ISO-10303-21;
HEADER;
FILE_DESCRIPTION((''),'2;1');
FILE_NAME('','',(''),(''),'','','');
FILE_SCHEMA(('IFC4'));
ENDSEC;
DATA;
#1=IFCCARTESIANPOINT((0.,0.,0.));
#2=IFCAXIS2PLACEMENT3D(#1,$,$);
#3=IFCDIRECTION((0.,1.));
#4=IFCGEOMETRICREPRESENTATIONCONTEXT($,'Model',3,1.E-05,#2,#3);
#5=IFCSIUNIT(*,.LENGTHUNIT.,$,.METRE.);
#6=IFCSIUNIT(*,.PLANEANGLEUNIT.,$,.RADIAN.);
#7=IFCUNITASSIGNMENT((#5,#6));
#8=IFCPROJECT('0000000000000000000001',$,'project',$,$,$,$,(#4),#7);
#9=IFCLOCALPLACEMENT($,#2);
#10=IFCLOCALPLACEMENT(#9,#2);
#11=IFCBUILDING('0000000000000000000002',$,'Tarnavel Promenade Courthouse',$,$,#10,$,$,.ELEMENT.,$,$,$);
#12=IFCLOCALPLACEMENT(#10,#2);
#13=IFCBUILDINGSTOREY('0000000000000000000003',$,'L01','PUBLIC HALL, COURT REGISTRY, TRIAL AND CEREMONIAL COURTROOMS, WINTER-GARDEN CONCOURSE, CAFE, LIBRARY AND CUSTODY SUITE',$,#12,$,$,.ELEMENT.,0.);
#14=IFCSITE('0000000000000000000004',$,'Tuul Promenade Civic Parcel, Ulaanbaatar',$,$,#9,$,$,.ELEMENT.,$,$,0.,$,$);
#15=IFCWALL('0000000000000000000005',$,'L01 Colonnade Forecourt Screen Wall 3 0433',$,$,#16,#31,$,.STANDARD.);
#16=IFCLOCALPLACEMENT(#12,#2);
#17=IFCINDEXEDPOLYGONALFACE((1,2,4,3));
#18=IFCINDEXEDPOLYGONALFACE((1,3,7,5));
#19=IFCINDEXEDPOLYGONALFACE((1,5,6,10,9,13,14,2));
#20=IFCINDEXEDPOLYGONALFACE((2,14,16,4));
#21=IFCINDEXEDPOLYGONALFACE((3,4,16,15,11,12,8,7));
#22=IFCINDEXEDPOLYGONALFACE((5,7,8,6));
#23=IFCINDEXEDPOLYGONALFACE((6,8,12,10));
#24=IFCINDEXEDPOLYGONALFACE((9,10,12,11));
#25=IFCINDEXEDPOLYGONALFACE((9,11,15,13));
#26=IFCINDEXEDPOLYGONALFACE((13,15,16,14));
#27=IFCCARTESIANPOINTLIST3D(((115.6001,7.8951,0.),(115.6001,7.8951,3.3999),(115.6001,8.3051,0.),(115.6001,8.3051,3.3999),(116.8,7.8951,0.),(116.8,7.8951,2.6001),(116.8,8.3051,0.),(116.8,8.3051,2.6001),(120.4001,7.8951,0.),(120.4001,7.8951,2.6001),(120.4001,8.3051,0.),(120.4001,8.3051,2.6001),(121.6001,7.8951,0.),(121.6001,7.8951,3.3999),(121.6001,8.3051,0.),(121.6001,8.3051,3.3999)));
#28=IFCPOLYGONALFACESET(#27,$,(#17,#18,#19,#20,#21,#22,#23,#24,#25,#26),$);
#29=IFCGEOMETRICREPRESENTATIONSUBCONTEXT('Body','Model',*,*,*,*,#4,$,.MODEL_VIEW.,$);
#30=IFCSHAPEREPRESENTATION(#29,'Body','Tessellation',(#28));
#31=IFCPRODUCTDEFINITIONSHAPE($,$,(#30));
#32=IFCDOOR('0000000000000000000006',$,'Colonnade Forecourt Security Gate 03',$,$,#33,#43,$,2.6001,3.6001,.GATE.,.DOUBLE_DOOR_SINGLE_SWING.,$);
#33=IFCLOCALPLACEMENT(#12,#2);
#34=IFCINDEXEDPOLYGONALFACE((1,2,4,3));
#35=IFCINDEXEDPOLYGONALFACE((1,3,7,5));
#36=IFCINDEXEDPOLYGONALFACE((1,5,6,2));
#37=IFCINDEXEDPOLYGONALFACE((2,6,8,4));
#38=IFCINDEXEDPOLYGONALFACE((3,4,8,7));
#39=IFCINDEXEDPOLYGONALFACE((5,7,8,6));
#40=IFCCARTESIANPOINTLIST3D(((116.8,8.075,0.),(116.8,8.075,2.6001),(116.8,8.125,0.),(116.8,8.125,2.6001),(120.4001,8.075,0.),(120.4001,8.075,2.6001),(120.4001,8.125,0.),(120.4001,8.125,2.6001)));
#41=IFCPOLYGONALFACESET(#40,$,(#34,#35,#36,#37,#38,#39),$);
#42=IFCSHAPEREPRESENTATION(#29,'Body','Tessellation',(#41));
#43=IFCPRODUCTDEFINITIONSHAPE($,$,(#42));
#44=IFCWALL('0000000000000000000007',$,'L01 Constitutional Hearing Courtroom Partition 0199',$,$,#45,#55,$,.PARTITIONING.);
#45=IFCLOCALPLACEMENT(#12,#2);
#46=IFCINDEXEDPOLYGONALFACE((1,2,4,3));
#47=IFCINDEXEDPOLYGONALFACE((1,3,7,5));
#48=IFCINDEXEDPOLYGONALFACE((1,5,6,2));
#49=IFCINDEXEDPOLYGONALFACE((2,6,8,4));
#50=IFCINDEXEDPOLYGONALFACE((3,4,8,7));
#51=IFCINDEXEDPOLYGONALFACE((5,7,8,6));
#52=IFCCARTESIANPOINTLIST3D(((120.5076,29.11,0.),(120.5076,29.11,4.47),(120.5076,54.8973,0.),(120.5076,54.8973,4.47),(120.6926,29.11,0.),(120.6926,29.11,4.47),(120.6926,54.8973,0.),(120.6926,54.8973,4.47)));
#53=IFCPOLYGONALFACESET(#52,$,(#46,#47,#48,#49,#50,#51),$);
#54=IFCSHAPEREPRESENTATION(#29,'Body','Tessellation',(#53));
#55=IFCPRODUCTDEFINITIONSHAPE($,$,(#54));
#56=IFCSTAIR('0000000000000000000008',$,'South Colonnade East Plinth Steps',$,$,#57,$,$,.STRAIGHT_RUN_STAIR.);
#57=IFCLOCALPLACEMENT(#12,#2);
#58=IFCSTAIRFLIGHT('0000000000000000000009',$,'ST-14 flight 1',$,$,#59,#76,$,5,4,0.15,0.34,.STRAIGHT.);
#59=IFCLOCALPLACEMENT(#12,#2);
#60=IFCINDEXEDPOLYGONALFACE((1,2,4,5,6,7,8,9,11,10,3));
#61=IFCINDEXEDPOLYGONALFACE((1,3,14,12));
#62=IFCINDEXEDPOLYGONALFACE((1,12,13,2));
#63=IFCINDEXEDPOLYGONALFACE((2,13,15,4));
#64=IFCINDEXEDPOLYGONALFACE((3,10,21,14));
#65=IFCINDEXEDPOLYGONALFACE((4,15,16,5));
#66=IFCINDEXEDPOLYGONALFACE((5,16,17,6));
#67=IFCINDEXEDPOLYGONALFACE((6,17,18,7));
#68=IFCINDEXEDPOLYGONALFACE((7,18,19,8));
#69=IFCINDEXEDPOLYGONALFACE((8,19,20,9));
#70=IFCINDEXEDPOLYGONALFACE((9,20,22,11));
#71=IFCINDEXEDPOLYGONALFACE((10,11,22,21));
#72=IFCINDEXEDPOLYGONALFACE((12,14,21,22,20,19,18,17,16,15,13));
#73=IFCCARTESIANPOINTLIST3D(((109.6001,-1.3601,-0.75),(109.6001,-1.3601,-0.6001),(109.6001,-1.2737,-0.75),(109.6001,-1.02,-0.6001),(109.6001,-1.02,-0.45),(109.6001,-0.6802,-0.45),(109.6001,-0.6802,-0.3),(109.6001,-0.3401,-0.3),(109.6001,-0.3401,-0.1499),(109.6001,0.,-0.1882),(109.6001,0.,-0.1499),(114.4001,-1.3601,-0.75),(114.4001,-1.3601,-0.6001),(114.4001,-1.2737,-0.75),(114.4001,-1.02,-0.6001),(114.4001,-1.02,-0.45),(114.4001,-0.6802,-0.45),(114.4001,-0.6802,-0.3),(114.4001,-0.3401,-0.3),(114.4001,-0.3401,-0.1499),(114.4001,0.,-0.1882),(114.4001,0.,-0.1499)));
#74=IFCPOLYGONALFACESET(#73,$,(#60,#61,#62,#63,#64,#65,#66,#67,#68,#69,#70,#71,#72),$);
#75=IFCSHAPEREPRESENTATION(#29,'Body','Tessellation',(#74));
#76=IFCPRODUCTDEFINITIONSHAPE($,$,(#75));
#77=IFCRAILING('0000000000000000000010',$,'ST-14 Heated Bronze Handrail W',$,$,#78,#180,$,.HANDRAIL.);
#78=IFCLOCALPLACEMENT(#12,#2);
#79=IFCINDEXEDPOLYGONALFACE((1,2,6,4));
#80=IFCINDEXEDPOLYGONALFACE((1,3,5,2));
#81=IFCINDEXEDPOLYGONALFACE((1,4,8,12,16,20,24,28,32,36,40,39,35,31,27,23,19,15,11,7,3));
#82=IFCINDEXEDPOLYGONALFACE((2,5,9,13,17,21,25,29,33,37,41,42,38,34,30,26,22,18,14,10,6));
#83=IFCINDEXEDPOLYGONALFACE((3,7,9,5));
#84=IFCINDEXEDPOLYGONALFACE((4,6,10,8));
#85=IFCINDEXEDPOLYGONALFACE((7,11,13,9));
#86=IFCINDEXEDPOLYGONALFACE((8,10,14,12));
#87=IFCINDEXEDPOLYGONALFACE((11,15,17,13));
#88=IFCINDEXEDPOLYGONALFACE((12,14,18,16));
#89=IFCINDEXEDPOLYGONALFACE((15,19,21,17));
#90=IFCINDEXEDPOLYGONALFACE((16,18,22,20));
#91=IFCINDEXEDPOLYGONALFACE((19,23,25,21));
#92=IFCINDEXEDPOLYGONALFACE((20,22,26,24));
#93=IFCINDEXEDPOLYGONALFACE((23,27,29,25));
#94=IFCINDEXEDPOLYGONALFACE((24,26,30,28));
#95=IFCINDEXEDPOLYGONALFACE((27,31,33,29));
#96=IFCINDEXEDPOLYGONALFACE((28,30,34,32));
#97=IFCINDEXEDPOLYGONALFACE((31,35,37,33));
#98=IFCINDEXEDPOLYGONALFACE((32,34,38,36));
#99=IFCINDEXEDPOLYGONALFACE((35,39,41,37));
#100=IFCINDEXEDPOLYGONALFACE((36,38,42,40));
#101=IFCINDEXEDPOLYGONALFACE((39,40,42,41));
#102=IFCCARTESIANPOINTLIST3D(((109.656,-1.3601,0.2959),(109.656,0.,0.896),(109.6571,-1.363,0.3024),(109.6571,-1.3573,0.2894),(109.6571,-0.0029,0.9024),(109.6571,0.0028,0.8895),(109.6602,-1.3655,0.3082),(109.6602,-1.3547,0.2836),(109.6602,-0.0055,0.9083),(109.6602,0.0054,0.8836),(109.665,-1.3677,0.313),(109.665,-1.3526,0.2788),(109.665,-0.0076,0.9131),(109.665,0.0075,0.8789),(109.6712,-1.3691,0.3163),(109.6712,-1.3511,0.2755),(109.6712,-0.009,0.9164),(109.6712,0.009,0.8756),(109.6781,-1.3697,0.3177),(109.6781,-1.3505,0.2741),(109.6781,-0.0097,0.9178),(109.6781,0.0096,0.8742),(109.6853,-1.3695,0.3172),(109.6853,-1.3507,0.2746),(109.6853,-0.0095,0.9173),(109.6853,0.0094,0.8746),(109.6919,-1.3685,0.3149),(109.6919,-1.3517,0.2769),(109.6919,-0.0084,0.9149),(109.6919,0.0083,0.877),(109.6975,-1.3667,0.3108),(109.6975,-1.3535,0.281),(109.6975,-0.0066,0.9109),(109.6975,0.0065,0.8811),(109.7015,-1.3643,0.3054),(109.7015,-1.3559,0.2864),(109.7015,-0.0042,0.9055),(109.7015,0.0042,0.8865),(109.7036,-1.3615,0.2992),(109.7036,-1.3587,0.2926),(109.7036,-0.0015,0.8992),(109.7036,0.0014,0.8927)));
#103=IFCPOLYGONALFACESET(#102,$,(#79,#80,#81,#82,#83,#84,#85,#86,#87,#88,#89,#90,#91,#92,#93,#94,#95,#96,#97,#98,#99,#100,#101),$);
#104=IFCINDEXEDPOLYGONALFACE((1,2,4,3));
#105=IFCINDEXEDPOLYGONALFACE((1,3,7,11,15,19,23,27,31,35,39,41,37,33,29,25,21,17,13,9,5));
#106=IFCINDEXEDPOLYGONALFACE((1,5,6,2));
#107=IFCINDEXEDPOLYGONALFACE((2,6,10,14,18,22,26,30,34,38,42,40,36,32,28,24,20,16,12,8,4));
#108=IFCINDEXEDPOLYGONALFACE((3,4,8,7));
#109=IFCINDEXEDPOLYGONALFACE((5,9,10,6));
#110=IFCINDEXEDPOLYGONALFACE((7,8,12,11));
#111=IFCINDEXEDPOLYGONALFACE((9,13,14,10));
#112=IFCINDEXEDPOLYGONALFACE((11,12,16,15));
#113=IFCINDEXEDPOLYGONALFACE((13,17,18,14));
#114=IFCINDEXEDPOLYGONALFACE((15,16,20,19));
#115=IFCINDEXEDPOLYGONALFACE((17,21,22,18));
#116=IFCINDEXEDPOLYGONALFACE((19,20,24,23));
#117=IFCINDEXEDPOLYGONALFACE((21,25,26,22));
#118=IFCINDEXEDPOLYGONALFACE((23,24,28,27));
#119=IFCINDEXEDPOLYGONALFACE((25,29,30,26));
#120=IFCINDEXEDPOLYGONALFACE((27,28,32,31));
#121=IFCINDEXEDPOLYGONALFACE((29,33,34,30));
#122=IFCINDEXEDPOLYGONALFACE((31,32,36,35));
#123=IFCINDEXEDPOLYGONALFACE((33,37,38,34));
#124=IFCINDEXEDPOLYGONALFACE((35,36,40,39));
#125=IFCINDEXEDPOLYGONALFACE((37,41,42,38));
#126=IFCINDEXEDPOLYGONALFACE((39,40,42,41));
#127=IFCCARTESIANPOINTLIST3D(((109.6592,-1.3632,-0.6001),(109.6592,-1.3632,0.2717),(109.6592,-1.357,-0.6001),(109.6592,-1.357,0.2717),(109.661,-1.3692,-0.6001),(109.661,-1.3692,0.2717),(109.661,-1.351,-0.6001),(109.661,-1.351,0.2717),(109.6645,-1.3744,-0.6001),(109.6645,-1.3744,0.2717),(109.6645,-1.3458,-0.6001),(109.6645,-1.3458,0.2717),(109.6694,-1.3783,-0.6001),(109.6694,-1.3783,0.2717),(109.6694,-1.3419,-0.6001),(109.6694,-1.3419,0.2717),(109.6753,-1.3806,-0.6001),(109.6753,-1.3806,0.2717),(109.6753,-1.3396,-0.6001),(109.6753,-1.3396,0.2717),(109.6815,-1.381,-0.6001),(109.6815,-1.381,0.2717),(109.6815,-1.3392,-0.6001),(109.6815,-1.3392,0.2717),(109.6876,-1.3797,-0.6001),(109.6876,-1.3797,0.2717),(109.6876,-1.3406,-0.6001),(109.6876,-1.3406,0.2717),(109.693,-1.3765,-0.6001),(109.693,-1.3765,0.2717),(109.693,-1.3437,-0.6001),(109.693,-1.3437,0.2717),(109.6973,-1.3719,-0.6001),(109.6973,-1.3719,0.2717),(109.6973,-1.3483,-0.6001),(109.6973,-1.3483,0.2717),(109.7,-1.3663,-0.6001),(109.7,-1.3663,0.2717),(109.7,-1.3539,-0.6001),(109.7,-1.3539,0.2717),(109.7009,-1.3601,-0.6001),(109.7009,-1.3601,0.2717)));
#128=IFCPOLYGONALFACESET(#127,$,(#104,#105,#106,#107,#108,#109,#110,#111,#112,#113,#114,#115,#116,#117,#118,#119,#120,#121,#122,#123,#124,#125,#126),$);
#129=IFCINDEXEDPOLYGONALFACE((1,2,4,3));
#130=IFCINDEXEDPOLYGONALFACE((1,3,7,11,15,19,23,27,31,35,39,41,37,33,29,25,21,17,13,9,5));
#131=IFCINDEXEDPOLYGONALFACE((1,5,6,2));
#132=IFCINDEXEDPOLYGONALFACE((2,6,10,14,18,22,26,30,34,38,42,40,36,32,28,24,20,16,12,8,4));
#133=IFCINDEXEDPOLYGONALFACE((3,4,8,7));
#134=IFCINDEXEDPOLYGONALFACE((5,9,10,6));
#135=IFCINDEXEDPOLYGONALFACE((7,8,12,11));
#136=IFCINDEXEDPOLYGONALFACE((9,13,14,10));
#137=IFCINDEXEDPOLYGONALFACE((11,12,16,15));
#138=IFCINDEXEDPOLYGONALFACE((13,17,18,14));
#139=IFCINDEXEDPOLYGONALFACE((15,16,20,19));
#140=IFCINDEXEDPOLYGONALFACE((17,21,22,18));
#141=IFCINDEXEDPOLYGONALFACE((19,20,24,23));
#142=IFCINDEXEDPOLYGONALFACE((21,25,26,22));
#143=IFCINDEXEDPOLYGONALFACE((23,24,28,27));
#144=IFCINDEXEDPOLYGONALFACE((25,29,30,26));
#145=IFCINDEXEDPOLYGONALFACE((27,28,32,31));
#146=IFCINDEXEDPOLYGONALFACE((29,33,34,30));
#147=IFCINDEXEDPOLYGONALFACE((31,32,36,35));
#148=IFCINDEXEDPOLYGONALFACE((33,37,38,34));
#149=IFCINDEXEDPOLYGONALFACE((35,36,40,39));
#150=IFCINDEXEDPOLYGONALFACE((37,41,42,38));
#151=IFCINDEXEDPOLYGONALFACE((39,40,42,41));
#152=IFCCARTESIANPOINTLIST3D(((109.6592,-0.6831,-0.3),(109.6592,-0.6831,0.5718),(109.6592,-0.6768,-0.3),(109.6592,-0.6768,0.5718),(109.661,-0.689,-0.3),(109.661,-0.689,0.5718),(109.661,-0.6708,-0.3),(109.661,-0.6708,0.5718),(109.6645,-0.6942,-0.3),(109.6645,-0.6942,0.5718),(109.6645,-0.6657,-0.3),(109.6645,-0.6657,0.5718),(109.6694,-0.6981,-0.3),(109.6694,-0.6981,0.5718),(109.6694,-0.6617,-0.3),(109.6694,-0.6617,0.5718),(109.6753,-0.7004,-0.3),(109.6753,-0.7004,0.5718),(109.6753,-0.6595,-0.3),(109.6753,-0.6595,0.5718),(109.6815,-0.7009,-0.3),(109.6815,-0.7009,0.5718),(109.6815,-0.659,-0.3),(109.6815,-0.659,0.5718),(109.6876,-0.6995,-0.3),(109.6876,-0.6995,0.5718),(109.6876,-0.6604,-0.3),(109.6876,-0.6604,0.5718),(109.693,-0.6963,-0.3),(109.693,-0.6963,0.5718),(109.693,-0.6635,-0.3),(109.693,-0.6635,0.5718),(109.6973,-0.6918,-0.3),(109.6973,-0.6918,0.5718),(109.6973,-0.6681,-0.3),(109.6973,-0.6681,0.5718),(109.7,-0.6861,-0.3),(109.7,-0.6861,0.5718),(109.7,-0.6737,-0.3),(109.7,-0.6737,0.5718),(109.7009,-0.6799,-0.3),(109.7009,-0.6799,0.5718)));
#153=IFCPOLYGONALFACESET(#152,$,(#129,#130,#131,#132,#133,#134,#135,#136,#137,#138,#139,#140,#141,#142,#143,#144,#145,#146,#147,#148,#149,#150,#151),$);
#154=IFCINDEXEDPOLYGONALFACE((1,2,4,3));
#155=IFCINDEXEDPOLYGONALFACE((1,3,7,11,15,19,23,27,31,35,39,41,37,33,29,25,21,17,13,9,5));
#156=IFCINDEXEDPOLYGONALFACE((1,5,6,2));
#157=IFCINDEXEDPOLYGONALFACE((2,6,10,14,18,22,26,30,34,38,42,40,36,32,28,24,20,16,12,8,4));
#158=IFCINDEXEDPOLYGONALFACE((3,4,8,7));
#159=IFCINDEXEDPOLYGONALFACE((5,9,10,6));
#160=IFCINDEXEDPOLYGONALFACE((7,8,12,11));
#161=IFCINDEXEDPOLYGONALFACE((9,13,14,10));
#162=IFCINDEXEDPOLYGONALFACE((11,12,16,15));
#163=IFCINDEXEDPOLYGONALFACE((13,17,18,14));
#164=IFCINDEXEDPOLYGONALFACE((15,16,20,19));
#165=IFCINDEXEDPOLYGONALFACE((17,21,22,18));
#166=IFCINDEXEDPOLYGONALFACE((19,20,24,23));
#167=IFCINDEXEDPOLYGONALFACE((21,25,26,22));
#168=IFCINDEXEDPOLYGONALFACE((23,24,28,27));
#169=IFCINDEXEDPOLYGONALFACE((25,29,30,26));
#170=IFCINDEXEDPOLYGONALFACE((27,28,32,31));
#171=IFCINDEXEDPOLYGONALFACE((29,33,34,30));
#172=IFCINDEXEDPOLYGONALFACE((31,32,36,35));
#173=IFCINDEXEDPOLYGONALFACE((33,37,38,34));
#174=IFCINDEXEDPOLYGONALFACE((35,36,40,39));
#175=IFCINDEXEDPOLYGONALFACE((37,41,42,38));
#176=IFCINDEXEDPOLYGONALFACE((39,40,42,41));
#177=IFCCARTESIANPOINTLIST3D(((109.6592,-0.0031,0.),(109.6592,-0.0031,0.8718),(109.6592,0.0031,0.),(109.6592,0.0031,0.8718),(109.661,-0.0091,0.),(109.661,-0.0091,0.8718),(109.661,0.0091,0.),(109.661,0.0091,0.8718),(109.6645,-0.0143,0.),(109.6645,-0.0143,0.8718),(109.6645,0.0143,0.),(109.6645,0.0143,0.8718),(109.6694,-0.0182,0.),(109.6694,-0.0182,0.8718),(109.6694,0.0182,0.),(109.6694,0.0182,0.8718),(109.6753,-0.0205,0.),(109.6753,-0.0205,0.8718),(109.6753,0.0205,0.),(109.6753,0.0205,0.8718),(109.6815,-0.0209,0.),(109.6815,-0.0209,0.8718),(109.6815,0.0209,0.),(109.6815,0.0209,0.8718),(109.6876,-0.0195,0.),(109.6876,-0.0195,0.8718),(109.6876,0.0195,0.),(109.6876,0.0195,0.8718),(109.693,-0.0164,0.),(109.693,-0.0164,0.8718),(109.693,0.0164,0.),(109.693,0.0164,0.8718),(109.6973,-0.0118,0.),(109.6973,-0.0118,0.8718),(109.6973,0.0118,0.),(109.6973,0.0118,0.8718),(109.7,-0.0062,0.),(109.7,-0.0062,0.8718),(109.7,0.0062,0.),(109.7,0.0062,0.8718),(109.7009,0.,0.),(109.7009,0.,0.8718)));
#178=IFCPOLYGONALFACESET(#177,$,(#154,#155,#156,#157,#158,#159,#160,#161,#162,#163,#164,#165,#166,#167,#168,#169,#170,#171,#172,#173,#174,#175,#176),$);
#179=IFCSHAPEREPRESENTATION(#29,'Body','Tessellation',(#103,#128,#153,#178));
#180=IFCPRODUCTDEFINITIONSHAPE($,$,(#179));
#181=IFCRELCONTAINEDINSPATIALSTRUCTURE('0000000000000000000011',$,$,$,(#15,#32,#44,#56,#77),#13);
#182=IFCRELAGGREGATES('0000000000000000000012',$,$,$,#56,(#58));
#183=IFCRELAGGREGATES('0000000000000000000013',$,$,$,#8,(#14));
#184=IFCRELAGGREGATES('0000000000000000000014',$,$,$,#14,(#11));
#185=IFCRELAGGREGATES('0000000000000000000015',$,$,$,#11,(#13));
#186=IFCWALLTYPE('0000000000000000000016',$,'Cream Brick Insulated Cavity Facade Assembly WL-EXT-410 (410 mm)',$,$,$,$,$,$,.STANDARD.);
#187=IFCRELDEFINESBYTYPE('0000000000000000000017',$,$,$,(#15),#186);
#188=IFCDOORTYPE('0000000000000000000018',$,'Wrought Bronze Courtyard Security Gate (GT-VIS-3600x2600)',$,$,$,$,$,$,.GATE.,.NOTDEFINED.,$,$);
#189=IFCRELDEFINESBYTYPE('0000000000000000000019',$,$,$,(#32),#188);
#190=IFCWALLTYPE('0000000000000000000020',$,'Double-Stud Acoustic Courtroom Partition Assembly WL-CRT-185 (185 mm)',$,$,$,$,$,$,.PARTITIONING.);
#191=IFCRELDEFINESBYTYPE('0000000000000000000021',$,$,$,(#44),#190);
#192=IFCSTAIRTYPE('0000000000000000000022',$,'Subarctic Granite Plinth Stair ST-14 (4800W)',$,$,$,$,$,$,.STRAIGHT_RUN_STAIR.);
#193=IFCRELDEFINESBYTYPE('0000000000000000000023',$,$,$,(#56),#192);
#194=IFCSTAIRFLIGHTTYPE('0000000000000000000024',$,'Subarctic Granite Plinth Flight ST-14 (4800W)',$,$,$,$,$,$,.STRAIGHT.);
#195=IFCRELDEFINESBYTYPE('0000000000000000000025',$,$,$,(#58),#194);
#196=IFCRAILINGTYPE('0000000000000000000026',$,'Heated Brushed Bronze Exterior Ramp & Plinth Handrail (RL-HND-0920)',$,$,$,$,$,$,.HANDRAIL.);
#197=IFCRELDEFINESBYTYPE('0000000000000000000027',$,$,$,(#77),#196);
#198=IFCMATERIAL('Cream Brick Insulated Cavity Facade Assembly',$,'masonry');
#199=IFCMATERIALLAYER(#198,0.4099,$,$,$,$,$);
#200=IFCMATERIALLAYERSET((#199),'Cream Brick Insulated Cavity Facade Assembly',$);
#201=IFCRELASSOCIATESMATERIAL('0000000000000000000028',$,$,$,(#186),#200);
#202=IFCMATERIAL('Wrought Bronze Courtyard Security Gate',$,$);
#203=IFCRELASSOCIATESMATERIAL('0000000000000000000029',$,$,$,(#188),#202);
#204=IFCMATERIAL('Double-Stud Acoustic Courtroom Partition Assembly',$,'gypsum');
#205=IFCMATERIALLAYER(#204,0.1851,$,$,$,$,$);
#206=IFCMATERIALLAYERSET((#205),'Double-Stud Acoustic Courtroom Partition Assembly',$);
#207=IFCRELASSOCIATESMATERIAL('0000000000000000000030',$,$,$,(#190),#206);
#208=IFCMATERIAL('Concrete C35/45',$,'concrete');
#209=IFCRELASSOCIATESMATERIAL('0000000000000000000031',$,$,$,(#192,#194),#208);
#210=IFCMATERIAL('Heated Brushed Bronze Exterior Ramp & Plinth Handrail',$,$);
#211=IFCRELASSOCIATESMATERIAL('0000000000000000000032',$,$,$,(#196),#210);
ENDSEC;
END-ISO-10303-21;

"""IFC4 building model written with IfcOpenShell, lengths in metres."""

from ifc_helpers import new_model, si_unit, direction, frame, frame_2d, origin, origin_2d, place, context, subcontext, project, spatial, polyline, rectangle, circle, outline, extrude, material, layer, layer_set, type_object, element, fill, aggregate, save


model = new_model("IFC4")

# Units and contexts
model_context = context("Model", 3, precision=1e-05, world=origin(), true_north=direction((0.0, 1.0)))
body_context = subcontext(model_context, "Body", "Model", "MODEL_VIEW")
ifc_project = project(units=[si_unit("LENGTHUNIT", "METRE"), si_unit("PLANEANGLEUNIT", "RADIAN")], contexts=[model_context])

# Site, building, storey
site_placement = place(None, origin())
site = spatial("IfcSite", under=ifc_project, at=site_placement, Name="Tuul Promenade Civic Parcel, Ulaanbaatar", CompositionType="ELEMENT", RefElevation=0.0)
building_placement = place(site_placement, origin())
building = spatial("IfcBuilding", under=site, at=building_placement, Name="Tarnavel Promenade Courthouse", CompositionType="ELEMENT")
storey_placement = place(building_placement, origin())
storey = spatial("IfcBuildingStorey", under=building, at=storey_placement, Name="L01", Description="PUBLIC HALL, COURT REGISTRY, TRIAL AND CEREMONIAL COURTROOMS, WINTER-GARDEN CONCOURSE, CAFE, LIBRARY AND CUSTODY SUITE", CompositionType="ELEMENT", Elevation=0.0)

# Wall, opening, door
ifc_material_1 = material(Name="Cream Brick Insulated Cavity Facade Assembly", Category="masonry")
ifc_layer_1 = layer(ifc_material_1, 0.4099)
ifc_layer_set_1 = layer_set([ifc_layer_1], Name="Cream Brick Insulated Cavity Facade Assembly")
wall_type_1 = type_object("IfcWallType", Name="Cream Brick Insulated Cavity Facade Assembly WL-EXT-410 (410 mm)", PredefinedType="STANDARD", material=ifc_layer_set_1)
wall_1_placement = place(storey_placement, frame((115.6001, 8.1001, 0.0), z_axis=(0.0, 0.0, 1.0), x_axis=(1.0, 0.0, 0.0)))
wall_1 = element("IfcWall", 1, at=wall_1_placement, inside=storey, type_object=wall_type_1, Name="L01 Colonnade Forecourt Screen Wall 3 0433", PredefinedType="STANDARD", context=body_context, shape_type="SweptSolid", body=[
    extrude(rectangle(XDim=6.0, YDim=0.4099, at=frame_2d((3.0, 0.0))), origin(), (0.0, 0.0, 1.0), 3.3999),
])
opening_placement = place(wall_1_placement, frame((1.2, 0.0, 0.0)))
opening = element("IfcOpeningElement", 2, at=opening_placement, cuts=wall_1, PredefinedType="OPENING", context=body_context, shape_type="SweptSolid", body=[
    extrude(rectangle(XDim=3.6001, YDim=2.6001, at=frame_2d((1.8, 1.3))), frame((0.0, 0.2148, 0.0), z_axis=(0.0, -1.0, 0.0), x_axis=(1.0, 0.0, 0.0)), (0.0, 0.0, 1.0), 0.4299),
])
ifc_material_2 = material(Name="Wrought Bronze Courtyard Security Gate")
door_type = type_object("IfcDoorType", Name="Wrought Bronze Courtyard Security Gate (GT-VIS-3600x2600)", OperationType="NOTDEFINED", PredefinedType="GATE", material=ifc_material_2)
door_placement = place(opening_placement, origin())
door = element("IfcDoor", 3, at=door_placement, inside=storey, type_object=door_type, Name="Colonnade Forecourt Security Gate 03", OperationType="DOUBLE_DOOR_SINGLE_SWING", OverallHeight=2.6001, OverallWidth=3.6001, PredefinedType="GATE", context=body_context, shape_type="SweptSolid", body=[
    extrude(rectangle(XDim=3.6001, YDim=2.6001, at=frame_2d((1.8, 1.3))), frame((0.0, 0.0249, 0.0), z_axis=(0.0, -1.0, 0.0), x_axis=(1.0, 0.0, 0.0)), (0.0, 0.0, 1.0), 0.05),
])
fill(opening, door)

# Wall
ifc_material_3 = material(Name="Double-Stud Acoustic Courtroom Partition Assembly", Category="gypsum")
ifc_layer_2 = layer(ifc_material_3, 0.1851)
ifc_layer_set_2 = layer_set([ifc_layer_2], Name="Double-Stud Acoustic Courtroom Partition Assembly")
wall_type_2 = type_object("IfcWallType", Name="Double-Stud Acoustic Courtroom Partition Assembly WL-CRT-185 (185 mm)", PredefinedType="PARTITIONING", material=ifc_layer_set_2)
wall_2_placement = place(storey_placement, frame((120.6001, 29.1101, 0.0), z_axis=(0.0, 0.0, 1.0), x_axis=(0.0, 1.0, 0.0)))
element("IfcWall", 4, at=wall_2_placement, inside=storey, type_object=wall_type_2, Name="L01 Constitutional Hearing Courtroom Partition 0199", PredefinedType="PARTITIONING", context=body_context, shape_type="SweptSolid", body=[
    extrude(rectangle(XDim=25.7874, YDim=0.1851, at=frame_2d((12.8936, 0.0))), origin(), (0.0, 0.0, 1.0), 4.47),
])

# Stair, stair flight
ifc_material_4 = material(Name="Concrete C35/45", Category="concrete")
stair_type = type_object("IfcStairType", Name="Subarctic Granite Plinth Stair ST-14 (4800W)", PredefinedType="STRAIGHT_RUN_STAIR", material=ifc_material_4)
stair_placement = place(storey_placement, origin())
stair = element("IfcStair", 5, at=stair_placement, inside=storey, type_object=stair_type, Name="South Colonnade East Plinth Steps", PredefinedType="STRAIGHT_RUN_STAIR")
stair_flight_type = type_object("IfcStairFlightType", Name="Subarctic Granite Plinth Flight ST-14 (4800W)", PredefinedType="STRAIGHT", material=ifc_material_4)
stair_flight_placement = place(storey_placement, frame((112.0, -1.3601, -0.75), z_axis=(0.0, 0.0, 1.0), x_axis=(0.0, 1.0, 0.0)))
stair_flight = element("IfcStairFlight", 6, at=stair_flight_placement, type_object=stair_flight_type, Name="ST-14 flight 1", NumberOfRisers=5, NumberOfTreads=4, PredefinedType="STRAIGHT", RiserHeight=0.15, TreadLength=0.34, context=body_context, shape_type="SweptSolid", body=[
    extrude(outline(polyline([(0.0, 0.0), (0.0, 0.1499), (0.3401, 0.1499), (0.3401, 0.3), (0.6799, 0.3), (0.6799, 0.45), (1.02, 0.45), (1.02, 0.6001), (1.3601, 0.6001), (1.3601, 0.75), (1.3601, 0.5618), (0.0864, 0.0), (0.0, 0.0)])), frame((0.0, 2.3999, 0.0), z_axis=(0.0, -1.0, 0.0), x_axis=(1.0, 0.0, 0.0)), (0.0, 0.0, 1.0), 4.8),
])
aggregate(stair, [stair_flight])

# Railing
ifc_material_5 = material(Name="Heated Brushed Bronze Exterior Ramp & Plinth Handrail")
railing_type_1 = type_object("IfcRailingType", Name="Heated Brushed Bronze Exterior Ramp & Plinth Handrail (RL-HND-0920)", PredefinedType="HANDRAIL", material=ifc_material_5)
for number, where, name in (
    (7, (109.6799, -1.3601, -0.6001), "ST-14 Heated Bronze Handrail W"),
):
    element("IfcRailing", number, at=place(storey_placement, frame(where)), inside=storey, type_object=railing_type_1, Name=name, PredefinedType="HANDRAIL", context=body_context, shape_type="SweptSolid", body=[
        extrude(circle(Radius=0.0239, at=origin_2d()), frame((0.0, 0.0, 0.896), z_axis=(0.0, 0.914905, 0.403669), x_axis=(-1.0, 0.0, 0.0)), (0.0, 0.0, 1.0), 1.4866),
        extrude(circle(Radius=0.021, at=origin_2d()), origin(), (0.0, 0.0, 1.0), 0.8718),
        extrude(circle(Radius=0.021, at=origin_2d()), frame((0.0, 0.6802, 0.3)), (0.0, 0.0, 1.0), 0.8718),
        extrude(circle(Radius=0.021, at=origin_2d()), frame((0.0, 1.3601, 0.6001)), (0.0, 0.0, 1.0), 0.8718),
    ])

save(model, "model.ifc")
